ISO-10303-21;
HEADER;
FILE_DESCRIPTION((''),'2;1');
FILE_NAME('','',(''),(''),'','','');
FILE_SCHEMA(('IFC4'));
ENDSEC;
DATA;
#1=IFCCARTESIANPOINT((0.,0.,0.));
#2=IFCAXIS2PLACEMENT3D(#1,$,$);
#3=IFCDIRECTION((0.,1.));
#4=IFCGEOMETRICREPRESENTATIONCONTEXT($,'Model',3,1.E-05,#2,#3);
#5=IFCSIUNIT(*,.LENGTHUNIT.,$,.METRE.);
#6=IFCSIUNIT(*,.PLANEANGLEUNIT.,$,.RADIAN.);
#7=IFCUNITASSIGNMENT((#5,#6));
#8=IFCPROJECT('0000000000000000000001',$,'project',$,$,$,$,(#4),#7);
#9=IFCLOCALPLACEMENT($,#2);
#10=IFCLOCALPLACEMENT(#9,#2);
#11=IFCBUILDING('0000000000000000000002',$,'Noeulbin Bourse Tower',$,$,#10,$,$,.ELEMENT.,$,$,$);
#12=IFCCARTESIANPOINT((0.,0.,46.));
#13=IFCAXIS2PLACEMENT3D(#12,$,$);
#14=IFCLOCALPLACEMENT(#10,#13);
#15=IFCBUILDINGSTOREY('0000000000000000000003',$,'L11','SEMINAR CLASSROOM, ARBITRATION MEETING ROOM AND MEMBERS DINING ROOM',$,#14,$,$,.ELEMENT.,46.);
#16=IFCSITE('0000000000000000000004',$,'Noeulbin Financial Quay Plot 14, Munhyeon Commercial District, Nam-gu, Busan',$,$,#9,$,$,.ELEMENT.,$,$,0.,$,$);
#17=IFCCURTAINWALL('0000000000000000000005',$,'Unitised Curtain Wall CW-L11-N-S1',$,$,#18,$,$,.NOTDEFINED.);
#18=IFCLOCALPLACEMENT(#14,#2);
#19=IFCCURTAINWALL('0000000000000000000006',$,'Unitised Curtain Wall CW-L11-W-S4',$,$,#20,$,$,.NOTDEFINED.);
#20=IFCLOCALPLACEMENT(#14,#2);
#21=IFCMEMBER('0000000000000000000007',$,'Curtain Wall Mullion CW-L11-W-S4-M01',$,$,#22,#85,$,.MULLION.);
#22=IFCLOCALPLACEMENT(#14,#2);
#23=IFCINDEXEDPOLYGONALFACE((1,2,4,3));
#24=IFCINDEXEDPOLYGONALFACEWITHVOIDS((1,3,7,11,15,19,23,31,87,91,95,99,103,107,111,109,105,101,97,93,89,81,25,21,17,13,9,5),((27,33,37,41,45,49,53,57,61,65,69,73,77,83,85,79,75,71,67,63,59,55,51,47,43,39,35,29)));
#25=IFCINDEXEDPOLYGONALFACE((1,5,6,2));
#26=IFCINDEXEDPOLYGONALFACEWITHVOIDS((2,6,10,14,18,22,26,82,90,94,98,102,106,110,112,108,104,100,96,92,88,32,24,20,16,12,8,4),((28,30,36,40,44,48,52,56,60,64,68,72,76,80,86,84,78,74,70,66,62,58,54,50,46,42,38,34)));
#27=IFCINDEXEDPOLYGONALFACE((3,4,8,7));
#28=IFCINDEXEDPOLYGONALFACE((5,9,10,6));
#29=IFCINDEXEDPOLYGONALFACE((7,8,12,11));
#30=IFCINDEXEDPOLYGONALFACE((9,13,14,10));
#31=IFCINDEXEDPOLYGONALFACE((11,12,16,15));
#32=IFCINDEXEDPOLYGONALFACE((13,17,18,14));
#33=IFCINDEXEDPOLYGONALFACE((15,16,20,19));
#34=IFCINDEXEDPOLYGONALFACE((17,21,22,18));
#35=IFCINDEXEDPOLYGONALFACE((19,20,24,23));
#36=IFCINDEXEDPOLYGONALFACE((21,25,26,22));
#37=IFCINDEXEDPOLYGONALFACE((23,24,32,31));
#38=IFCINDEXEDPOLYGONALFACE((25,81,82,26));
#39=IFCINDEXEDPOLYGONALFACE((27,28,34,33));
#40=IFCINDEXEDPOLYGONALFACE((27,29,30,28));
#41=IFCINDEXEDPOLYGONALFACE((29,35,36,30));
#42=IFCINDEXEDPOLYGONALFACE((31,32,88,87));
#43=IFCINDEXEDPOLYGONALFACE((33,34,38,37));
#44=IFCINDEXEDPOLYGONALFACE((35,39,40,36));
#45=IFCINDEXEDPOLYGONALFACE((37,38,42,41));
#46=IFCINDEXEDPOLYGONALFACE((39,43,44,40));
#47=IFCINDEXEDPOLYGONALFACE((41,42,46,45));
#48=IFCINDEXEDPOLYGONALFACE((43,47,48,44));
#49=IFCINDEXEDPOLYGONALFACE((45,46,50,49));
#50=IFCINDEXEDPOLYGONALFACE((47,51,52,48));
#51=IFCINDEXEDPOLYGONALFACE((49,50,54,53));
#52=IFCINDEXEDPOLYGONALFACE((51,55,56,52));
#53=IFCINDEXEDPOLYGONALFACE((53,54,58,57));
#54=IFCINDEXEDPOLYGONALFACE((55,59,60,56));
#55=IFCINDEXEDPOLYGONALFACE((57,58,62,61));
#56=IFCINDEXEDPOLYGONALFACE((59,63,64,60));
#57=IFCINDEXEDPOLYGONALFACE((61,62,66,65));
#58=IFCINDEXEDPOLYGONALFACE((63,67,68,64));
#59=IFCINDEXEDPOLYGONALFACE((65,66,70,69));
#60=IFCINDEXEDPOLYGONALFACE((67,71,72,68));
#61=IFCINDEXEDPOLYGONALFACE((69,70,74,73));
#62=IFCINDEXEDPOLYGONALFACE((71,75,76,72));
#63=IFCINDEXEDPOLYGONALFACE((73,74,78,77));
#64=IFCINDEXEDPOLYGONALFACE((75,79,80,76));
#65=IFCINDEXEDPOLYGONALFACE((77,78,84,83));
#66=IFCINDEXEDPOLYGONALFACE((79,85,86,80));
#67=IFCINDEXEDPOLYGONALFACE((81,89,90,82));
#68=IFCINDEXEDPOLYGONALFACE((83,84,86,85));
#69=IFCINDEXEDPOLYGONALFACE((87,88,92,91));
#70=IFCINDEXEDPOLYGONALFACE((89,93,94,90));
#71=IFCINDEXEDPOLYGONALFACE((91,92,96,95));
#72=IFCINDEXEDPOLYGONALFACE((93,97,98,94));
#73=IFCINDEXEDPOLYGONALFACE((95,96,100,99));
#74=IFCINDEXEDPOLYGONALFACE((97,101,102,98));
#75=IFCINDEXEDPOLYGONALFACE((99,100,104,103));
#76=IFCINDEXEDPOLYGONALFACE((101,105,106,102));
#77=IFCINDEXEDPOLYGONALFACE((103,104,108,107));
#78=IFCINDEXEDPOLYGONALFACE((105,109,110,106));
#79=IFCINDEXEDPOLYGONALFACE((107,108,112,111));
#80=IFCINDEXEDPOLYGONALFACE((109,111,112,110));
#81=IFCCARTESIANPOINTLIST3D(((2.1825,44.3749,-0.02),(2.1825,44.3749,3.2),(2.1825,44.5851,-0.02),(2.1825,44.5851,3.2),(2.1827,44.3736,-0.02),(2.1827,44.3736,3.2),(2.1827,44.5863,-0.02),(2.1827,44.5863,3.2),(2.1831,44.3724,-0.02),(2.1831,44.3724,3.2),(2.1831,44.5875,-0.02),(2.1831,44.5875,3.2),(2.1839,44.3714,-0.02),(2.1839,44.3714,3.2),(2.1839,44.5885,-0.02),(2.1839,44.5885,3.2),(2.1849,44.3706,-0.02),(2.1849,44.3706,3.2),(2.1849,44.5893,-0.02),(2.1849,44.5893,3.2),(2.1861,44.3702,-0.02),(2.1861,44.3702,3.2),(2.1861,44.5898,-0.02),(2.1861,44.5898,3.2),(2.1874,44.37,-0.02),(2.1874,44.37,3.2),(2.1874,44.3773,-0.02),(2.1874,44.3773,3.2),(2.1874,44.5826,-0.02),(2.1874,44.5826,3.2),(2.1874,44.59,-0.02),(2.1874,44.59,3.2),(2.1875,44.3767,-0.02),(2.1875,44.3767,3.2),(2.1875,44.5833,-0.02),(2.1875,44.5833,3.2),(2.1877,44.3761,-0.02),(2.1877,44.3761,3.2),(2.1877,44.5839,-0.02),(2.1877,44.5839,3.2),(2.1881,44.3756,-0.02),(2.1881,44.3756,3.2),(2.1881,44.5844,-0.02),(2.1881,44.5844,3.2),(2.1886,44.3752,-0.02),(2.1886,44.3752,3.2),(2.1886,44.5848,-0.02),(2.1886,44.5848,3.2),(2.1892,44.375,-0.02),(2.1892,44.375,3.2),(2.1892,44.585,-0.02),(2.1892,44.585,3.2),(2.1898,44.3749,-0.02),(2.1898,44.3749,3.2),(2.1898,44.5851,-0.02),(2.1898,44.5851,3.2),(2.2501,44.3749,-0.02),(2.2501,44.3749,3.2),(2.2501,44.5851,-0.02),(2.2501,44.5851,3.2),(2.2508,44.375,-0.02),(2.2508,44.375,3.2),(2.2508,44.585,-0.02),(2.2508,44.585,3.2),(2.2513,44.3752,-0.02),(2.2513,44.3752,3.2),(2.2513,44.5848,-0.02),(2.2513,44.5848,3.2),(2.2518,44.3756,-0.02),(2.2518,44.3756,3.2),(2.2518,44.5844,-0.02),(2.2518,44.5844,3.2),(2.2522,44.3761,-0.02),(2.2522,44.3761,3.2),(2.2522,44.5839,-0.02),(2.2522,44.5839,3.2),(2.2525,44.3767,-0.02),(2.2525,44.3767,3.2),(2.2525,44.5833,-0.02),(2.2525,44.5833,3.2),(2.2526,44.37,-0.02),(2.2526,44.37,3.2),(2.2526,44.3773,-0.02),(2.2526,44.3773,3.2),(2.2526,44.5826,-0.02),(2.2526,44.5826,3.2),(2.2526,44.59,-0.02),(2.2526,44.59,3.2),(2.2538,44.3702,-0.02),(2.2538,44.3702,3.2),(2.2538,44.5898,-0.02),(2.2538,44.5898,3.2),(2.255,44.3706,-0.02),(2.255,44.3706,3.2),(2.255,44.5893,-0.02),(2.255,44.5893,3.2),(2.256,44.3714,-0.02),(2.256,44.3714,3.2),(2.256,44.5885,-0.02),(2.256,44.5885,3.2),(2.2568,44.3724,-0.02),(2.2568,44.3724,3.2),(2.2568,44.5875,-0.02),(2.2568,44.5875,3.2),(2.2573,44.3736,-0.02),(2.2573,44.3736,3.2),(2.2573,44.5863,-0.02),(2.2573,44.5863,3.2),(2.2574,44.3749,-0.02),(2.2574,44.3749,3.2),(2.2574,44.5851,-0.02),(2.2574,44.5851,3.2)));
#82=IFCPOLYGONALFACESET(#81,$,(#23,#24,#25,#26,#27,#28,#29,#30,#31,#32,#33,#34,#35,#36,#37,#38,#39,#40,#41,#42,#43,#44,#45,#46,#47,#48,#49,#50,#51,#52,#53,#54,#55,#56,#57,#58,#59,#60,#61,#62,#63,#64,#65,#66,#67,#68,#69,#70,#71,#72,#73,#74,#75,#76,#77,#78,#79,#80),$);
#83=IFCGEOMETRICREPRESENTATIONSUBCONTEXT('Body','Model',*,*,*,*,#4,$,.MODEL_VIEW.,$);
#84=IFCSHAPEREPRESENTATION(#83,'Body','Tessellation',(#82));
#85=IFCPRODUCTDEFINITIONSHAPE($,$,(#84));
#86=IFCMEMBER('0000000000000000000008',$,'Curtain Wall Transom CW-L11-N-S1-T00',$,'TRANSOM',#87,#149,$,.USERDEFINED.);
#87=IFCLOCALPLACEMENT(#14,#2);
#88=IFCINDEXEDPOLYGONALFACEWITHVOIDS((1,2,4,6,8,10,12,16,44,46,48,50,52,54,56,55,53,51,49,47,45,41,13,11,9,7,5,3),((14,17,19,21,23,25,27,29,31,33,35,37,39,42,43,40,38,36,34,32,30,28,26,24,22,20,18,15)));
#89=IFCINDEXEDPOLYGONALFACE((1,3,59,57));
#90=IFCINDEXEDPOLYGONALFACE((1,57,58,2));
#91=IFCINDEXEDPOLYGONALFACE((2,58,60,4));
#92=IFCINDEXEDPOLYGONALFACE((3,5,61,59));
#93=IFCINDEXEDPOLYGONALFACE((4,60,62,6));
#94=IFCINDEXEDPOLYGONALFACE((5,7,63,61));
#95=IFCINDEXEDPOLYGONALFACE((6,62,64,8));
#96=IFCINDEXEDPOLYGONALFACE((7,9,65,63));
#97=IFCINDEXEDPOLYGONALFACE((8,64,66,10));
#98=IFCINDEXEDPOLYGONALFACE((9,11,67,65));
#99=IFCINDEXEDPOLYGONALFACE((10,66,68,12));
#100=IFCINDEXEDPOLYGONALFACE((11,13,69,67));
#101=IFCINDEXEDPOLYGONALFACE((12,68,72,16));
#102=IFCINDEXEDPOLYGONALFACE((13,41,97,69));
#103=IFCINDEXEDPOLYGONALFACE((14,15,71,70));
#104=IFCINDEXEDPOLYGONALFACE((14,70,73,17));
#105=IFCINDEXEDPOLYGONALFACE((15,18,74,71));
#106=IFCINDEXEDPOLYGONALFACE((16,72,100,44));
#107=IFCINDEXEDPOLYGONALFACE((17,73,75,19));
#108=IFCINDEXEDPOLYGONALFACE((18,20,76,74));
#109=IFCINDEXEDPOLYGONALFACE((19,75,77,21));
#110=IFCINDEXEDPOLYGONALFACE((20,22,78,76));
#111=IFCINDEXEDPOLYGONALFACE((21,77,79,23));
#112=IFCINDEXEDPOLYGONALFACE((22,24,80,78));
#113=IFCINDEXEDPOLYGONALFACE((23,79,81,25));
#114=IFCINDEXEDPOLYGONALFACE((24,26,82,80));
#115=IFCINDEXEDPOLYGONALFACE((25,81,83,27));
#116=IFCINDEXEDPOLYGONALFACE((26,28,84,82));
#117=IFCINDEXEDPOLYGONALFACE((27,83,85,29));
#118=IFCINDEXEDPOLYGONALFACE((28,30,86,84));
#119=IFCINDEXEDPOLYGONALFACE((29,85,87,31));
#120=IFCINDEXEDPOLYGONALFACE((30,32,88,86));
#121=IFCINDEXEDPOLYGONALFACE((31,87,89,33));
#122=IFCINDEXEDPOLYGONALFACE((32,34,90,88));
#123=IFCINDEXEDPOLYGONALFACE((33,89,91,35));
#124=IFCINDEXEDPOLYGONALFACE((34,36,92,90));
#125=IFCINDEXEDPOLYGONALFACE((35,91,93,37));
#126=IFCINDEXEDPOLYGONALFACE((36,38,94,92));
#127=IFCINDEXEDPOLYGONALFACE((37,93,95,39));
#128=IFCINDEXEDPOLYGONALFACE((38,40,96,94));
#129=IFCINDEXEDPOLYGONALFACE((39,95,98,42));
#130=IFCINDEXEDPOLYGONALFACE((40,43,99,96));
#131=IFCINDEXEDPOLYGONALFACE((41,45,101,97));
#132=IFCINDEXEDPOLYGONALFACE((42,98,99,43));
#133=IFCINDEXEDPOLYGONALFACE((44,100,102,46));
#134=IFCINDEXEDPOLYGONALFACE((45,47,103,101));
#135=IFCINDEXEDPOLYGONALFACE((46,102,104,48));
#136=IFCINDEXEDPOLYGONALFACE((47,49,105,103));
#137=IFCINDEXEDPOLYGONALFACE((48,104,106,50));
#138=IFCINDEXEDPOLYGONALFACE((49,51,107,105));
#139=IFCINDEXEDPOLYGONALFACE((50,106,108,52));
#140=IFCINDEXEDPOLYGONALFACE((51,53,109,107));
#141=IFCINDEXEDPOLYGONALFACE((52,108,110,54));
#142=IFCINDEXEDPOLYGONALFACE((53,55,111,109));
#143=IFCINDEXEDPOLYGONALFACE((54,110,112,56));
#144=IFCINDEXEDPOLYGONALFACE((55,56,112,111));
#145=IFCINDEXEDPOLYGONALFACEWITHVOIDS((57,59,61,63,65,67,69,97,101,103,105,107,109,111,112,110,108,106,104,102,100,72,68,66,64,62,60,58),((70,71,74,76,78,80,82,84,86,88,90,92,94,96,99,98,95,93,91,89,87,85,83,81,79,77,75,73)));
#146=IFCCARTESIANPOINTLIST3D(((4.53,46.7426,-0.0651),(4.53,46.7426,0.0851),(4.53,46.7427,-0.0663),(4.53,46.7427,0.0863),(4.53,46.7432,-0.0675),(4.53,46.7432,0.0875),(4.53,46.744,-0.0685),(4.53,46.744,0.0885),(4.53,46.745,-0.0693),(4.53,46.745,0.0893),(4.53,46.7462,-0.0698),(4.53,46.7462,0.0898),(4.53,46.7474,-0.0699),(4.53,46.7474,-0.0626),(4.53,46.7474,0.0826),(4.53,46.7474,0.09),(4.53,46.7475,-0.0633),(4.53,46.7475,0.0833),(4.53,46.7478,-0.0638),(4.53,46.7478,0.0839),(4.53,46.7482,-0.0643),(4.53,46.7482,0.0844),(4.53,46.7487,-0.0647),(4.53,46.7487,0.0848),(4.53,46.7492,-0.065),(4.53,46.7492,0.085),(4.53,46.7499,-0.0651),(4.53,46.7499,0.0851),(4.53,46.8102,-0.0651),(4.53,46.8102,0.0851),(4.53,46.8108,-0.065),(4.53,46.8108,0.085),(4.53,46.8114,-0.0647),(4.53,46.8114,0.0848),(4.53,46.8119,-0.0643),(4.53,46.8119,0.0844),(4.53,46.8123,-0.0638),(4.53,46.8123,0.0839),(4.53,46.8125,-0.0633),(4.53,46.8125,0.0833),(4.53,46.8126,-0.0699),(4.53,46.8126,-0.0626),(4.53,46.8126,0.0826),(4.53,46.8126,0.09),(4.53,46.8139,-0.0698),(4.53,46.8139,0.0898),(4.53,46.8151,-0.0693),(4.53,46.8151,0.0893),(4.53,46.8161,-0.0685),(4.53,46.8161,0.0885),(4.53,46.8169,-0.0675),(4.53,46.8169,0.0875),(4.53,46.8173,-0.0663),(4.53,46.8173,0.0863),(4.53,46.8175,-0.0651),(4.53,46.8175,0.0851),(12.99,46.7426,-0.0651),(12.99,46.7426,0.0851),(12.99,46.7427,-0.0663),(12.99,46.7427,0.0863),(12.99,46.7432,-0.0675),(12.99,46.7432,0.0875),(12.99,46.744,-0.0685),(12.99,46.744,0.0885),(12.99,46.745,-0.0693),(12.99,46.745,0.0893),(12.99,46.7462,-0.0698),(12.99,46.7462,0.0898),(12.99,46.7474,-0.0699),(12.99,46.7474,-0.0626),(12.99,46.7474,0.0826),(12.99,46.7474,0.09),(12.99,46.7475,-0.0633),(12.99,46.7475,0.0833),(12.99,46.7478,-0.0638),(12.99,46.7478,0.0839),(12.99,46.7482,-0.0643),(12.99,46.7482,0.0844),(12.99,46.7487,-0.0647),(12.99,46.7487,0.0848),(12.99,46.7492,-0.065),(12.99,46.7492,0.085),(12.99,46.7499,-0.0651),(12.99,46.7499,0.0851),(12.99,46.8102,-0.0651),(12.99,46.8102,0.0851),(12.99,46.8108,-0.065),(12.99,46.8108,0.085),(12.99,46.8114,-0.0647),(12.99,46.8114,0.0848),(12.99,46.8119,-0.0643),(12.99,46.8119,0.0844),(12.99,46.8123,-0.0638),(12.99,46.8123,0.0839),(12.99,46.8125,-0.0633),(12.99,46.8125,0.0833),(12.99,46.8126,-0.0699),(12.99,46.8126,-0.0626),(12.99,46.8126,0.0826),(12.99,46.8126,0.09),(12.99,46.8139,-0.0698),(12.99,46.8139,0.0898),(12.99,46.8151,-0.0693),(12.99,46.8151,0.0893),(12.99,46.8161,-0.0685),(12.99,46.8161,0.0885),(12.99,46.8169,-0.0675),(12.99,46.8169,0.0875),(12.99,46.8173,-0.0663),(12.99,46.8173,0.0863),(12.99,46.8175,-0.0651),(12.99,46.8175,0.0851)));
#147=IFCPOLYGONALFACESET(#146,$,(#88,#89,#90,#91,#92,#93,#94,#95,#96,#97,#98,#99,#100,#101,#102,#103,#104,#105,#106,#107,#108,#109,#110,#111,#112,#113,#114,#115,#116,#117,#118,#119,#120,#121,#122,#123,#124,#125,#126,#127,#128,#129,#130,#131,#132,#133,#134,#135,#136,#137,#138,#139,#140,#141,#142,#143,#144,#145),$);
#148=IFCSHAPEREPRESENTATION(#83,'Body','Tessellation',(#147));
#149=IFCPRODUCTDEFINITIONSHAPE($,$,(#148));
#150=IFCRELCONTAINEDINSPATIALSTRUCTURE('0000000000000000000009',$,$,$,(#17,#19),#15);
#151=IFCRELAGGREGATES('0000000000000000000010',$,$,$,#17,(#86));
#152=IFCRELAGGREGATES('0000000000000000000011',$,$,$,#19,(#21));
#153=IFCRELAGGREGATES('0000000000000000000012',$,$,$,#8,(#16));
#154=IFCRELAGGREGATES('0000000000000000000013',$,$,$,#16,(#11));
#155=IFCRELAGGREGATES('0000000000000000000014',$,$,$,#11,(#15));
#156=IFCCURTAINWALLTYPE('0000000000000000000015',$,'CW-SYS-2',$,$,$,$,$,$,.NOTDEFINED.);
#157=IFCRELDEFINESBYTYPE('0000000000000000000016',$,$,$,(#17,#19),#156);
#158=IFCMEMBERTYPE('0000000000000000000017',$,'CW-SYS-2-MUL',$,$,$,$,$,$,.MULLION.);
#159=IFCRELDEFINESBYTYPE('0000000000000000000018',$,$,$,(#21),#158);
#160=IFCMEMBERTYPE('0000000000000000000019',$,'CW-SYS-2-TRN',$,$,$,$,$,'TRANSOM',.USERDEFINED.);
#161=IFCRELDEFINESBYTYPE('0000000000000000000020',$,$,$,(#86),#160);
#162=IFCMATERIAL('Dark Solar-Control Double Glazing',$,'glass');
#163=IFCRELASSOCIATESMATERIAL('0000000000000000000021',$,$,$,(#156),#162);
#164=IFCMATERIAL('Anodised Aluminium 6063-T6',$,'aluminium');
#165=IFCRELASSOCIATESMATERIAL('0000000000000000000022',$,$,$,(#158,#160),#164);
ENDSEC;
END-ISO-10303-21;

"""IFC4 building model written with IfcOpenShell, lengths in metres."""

from ifc_helpers import new_model, si_unit, direction, frame, origin, origin_2d, place, context, subcontext, project, spatial, hollow_rectangle, extrude, material, material_profile, profile_set, type_object, element, aggregate, save


model = new_model("IFC4")

# Units and contexts
model_context = context("Model", 3, precision=1e-05, world=origin(), true_north=direction((0.0, 1.0)))
body_context = subcontext(model_context, "Body", "Model", "MODEL_VIEW")
ifc_project = project(units=[si_unit("LENGTHUNIT", "METRE"), si_unit("PLANEANGLEUNIT", "RADIAN")], contexts=[model_context])

# Site, building, storey
site_placement = place(None, origin())
site = spatial("IfcSite", under=ifc_project, at=site_placement, Name="Noeulbin Financial Quay Plot 14, Munhyeon Commercial District, Nam-gu, Busan", CompositionType="ELEMENT", RefElevation=0.0)
building_placement = place(site_placement, origin())
building = spatial("IfcBuilding", under=site, at=building_placement, Name="Noeulbin Bourse Tower", CompositionType="ELEMENT")
storey_placement = place(building_placement, frame((0.0, 0.0, 46.0)))
storey = spatial("IfcBuildingStorey", under=building, at=storey_placement, Name="L11", Description="SEMINAR CLASSROOM, ARBITRATION MEETING ROOM AND MEMBERS DINING ROOM", CompositionType="ELEMENT", Elevation=46.0)

# Curtain wall
ifc_material_1 = material(Name="Dark Solar-Control Double Glazing", Category="glass")
curtain_wall_type = type_object("IfcCurtainWallType", Name="CW-SYS-2", PredefinedType="NOTDEFINED", material=ifc_material_1)
curtain_wall_1_placement = place(storey_placement, origin())
curtain_wall_1 = element("IfcCurtainWall", 1, at=curtain_wall_1_placement, inside=storey, type_object=curtain_wall_type, Name="Unitised Curtain Wall CW-L11-N-S1", PredefinedType="NOTDEFINED")
ifc_material_2 = material(Name="Anodised Aluminium 6063-T6", Category="aluminium")
ifc_material_profile_1 = material_profile(ifc_material_2, hollow_rectangle(XDim=0.075, YDim=0.22, WallThickness=0.0049, InnerFilletRadius=0.0024, OuterFilletRadius=0.0049, at=origin_2d()), Name="ALU-MULL-75x220x5", Category="LoadBearing")
ifc_profile_set_1 = profile_set([ifc_material_profile_1], Name="Anodised Aluminium 6063-T6")
member_type_1 = type_object("IfcMemberType", Name="CW-SYS-2-MUL", PredefinedType="MULLION", material=ifc_profile_set_1)

# Curtain wall, member
curtain_wall_2_placement = place(storey_placement, origin())
curtain_wall_2 = element("IfcCurtainWall", 2, at=curtain_wall_2_placement, inside=storey, type_object=curtain_wall_type, Name="Unitised Curtain Wall CW-L11-W-S4", PredefinedType="NOTDEFINED")
member_1_placement = place(storey_placement, frame((2.22, 44.48, -0.02), z_axis=(0.0, 0.0, 1.0), x_axis=(1.0, 0.0, 0.0)))
member_1 = element("IfcMember", 3, at=member_1_placement, type_object=member_type_1, Name="Curtain Wall Mullion CW-L11-W-S4-M01", PredefinedType="MULLION", context=body_context, shape_type="SweptSolid", body=[
    extrude(hollow_rectangle(XDim=0.075, YDim=0.22, WallThickness=0.0049, InnerFilletRadius=0.0024, OuterFilletRadius=0.0049, at=origin_2d()), origin(), (0.0, 0.0, 1.0), 3.22),
])

# Member
ifc_material_profile_2 = material_profile(ifc_material_2, hollow_rectangle(XDim=0.075, YDim=0.1599, WallThickness=0.0049, InnerFilletRadius=0.0024, OuterFilletRadius=0.0049, at=origin_2d()), Name="ALU-TRAN-75x160x5", Category="LoadBearing")
ifc_profile_set_2 = profile_set([ifc_material_profile_2], Name="Anodised Aluminium 6063-T6")
member_type_2 = type_object("IfcMemberType", Name="CW-SYS-2-TRN", ElementType="TRANSOM", PredefinedType="USERDEFINED", material=ifc_profile_set_2)
member_2_placement = place(storey_placement, frame((4.53, 46.78, 0.01), z_axis=(1.0, 0.0, 0.0), x_axis=(0.0, 1.0, 0.0)))
member_2 = element("IfcMember", 4, at=member_2_placement, type_object=member_type_2, Name="Curtain Wall Transom CW-L11-N-S1-T00", ObjectType="TRANSOM", PredefinedType="USERDEFINED", context=body_context, shape_type="SweptSolid", body=[
    extrude(hollow_rectangle(XDim=0.075, YDim=0.1599, WallThickness=0.0049, InnerFilletRadius=0.0024, OuterFilletRadius=0.0049, at=origin_2d()), origin(), (0.0, 0.0, 1.0), 8.46),
])

aggregate(curtain_wall_1, [member_2])
aggregate(curtain_wall_2, [member_1])

save(model, "model.ifc")
